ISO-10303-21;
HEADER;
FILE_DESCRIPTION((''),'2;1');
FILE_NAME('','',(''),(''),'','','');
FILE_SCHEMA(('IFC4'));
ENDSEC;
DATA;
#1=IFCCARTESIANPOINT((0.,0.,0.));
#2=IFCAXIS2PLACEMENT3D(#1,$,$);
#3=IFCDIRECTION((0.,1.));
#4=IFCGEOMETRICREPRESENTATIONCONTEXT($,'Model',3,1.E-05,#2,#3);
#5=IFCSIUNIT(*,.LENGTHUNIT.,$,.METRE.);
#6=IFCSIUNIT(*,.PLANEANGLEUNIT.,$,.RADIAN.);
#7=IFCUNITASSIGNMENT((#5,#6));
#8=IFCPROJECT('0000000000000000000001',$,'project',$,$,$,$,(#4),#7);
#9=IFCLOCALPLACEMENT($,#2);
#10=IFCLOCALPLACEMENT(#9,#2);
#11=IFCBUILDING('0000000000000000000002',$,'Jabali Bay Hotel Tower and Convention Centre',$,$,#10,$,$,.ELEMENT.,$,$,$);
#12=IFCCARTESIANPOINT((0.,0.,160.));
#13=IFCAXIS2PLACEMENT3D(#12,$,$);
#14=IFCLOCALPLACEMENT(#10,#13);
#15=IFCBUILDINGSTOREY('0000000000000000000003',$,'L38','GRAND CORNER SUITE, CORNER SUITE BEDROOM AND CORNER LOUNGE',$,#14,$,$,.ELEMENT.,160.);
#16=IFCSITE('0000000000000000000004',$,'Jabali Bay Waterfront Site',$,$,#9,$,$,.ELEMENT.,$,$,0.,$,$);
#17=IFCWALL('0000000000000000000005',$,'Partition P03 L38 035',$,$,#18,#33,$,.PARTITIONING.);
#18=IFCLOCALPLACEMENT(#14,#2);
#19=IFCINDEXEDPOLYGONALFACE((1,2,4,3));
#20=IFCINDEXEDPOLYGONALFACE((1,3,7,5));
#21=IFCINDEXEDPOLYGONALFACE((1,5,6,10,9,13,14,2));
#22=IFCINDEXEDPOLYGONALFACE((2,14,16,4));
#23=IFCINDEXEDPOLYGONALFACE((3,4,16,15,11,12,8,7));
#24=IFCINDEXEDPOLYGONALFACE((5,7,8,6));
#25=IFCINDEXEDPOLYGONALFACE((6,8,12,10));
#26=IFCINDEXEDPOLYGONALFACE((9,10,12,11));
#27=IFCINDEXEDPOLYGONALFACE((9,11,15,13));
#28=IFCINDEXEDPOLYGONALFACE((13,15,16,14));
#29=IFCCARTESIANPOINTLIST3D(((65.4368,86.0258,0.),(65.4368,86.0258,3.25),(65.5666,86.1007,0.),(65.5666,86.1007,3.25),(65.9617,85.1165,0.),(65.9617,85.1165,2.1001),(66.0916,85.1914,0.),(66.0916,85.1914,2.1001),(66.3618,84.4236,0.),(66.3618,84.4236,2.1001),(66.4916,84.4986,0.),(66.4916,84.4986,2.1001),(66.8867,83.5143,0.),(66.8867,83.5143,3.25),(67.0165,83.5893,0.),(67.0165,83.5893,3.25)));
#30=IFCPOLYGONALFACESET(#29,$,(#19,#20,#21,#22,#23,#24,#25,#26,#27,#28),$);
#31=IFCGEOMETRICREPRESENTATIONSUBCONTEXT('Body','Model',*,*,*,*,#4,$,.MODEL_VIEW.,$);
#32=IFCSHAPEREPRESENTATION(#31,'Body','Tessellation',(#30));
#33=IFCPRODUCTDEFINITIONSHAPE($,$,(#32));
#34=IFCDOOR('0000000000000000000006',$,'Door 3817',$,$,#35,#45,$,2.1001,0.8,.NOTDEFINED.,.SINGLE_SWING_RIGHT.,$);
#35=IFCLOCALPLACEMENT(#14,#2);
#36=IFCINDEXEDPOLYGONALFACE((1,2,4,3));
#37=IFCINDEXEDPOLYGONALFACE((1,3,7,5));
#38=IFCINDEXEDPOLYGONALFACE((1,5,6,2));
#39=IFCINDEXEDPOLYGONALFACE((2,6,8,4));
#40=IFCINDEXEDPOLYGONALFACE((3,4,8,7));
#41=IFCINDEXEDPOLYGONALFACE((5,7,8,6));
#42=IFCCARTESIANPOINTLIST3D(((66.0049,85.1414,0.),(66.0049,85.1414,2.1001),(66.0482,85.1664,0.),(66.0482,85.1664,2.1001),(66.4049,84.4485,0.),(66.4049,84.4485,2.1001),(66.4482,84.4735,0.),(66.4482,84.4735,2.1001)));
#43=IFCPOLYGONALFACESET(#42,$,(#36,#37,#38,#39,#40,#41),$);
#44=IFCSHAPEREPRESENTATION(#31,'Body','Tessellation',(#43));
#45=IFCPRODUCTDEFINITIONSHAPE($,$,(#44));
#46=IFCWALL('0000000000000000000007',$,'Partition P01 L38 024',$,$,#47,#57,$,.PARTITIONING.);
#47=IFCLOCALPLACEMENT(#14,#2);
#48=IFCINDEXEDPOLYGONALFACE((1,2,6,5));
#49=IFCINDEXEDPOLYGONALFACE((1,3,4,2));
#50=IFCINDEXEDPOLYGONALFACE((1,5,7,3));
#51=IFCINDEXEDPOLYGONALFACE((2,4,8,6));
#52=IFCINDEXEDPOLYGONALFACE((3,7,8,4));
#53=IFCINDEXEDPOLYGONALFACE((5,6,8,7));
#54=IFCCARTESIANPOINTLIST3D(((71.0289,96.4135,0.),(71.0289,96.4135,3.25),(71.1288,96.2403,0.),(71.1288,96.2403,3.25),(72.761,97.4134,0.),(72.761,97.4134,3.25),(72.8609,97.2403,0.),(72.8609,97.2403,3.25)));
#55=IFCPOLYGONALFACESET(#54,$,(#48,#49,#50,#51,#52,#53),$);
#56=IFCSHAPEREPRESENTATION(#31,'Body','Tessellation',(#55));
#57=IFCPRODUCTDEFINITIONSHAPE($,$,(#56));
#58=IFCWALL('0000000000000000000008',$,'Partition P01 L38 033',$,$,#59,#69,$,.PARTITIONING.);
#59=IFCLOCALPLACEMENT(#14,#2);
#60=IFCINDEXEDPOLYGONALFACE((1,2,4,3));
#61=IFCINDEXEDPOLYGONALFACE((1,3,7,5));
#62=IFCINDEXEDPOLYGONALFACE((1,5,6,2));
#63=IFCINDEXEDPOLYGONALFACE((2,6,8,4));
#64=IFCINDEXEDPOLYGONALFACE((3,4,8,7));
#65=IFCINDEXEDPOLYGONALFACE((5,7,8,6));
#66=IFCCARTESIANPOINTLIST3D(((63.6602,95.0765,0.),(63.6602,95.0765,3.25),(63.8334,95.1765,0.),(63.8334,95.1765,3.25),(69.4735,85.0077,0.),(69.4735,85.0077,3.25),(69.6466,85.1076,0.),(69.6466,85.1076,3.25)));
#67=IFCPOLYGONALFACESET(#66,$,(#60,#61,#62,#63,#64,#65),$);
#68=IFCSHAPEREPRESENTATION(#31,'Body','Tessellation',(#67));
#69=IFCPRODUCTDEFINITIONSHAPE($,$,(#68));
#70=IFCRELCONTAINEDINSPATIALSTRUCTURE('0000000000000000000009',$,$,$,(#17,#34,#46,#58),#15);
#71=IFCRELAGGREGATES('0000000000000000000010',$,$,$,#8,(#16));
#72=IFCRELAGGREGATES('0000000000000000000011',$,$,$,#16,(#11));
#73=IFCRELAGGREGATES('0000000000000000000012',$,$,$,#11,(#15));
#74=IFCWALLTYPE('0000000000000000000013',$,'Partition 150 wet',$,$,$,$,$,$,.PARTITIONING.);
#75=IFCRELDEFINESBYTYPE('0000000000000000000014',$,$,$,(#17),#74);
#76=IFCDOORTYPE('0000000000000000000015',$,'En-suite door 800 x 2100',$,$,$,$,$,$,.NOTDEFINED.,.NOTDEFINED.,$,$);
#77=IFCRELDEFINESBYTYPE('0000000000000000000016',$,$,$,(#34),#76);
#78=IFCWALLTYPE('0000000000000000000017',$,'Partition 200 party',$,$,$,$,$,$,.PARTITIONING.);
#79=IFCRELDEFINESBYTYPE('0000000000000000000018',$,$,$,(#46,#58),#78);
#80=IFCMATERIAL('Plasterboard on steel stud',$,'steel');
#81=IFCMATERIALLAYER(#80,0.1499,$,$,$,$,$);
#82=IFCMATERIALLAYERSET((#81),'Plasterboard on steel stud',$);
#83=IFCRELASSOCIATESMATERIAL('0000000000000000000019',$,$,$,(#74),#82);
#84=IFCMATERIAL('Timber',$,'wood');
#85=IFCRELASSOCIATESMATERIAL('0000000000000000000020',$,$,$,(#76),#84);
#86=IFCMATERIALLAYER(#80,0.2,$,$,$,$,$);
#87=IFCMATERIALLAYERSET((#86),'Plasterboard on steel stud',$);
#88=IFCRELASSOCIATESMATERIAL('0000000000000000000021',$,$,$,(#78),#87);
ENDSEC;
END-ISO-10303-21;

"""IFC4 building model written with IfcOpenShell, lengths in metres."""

from ifc_helpers import new_model, si_unit, direction, frame, frame_2d, origin, place, context, subcontext, project, spatial, rectangle, extrude, material, layer, layer_set, type_object, element, fill, save


model = new_model("IFC4")

# Units and contexts
model_context = context("Model", 3, precision=1e-05, world=origin(), true_north=direction((0.0, 1.0)))
body_context = subcontext(model_context, "Body", "Model", "MODEL_VIEW")
ifc_project = project(units=[si_unit("LENGTHUNIT", "METRE"), si_unit("PLANEANGLEUNIT", "RADIAN")], contexts=[model_context])

# Site, building, storey
site_placement = place(None, origin())
site = spatial("IfcSite", under=ifc_project, at=site_placement, Name="Jabali Bay Waterfront Site", CompositionType="ELEMENT", RefElevation=0.0)
building_placement = place(site_placement, origin())
building = spatial("IfcBuilding", under=site, at=building_placement, Name="Jabali Bay Hotel Tower and Convention Centre", CompositionType="ELEMENT")
storey_placement = place(building_placement, frame((0.0, 0.0, 160.0)))
storey = spatial("IfcBuildingStorey", under=building, at=storey_placement, Name="L38", Description="GRAND CORNER SUITE, CORNER SUITE BEDROOM AND CORNER LOUNGE", CompositionType="ELEMENT", Elevation=160.0)

# Shared definitions
ifc_material_1 = material(Name="Plasterboard on steel stud", Category="steel")
ifc_layer_1 = layer(ifc_material_1, 0.1499)
ifc_layer_set_1 = layer_set([ifc_layer_1], Name="Plasterboard on steel stud")
wall_type_1 = type_object("IfcWallType", Name="Partition 150 wet", PredefinedType="PARTITIONING", material=ifc_layer_set_1)
ifc_material_2 = material(Name="Timber", Category="wood")

# Wall, opening, door
wall_1_placement = place(storey_placement, frame((65.5017, 86.0632, 0.0), z_axis=(0.0, 0.0, 1.0), x_axis=(0.499987, -0.866033, 0.0)))
wall_1 = element("IfcWall", 1, at=wall_1_placement, inside=storey, type_object=wall_type_1, Name="Partition P03 L38 035", PredefinedType="PARTITIONING", context=body_context, shape_type="SweptSolid", body=[
    extrude(rectangle(XDim=2.8999, YDim=0.1499, at=frame_2d((1.45, 0.0))), origin(), (0.0, 0.0, 1.0), 3.25),
])
opening_1_placement = place(wall_1_placement, frame((1.05, 0.0, 0.0)))
opening_1 = element("IfcOpeningElement", 2, at=opening_1_placement, cuts=wall_1, PredefinedType="OPENING", context=body_context, shape_type="SweptSolid", body=[
    extrude(rectangle(XDim=0.8, YDim=2.1001, at=frame_2d((0.3999, 1.05))), frame((0.0, 0.0854, 0.0), z_axis=(0.0, -1.0, 0.0), x_axis=(1.0, 0.0, 0.0)), (0.0, 0.0, 1.0), 0.1709),
])
door_type_1 = type_object("IfcDoorType", Name="En-suite door 800 x 2100", OperationType="NOTDEFINED", PredefinedType="NOTDEFINED", material=ifc_material_2)
door_1_placement = place(opening_1_placement, origin())
door_1 = element("IfcDoor", 3, at=door_1_placement, inside=storey, type_object=door_type_1, Name="Door 3817", OperationType="SINGLE_SWING_RIGHT", OverallHeight=2.1001, OverallWidth=0.8, PredefinedType="NOTDEFINED", context=body_context, shape_type="SweptSolid", body=[
    extrude(rectangle(XDim=0.8, YDim=2.1001, at=frame_2d((0.3999, 1.05))), frame((0.0, 0.0249, 0.0), z_axis=(0.0, -1.0, 0.0), x_axis=(1.0, 0.0, 0.0)), (0.0, 0.0, 1.0), 0.05),
])
fill(opening_1, door_1)

# Walls
ifc_layer_2 = layer(ifc_material_1, 0.2)
ifc_layer_set_2 = layer_set([ifc_layer_2], Name="Plasterboard on steel stud")
wall_type_2 = type_object("IfcWallType", Name="Partition 200 party", PredefinedType="PARTITIONING", material=ifc_layer_set_2)
wall_2_placement = place(storey_placement, frame((71.0789, 96.3269, 0.0), z_axis=(0.0, 0.0, 1.0), x_axis=(0.866041, 0.499973, 0.0)))
element("IfcWall", 4, at=wall_2_placement, inside=storey, type_object=wall_type_2, Name="Partition P01 L38 024", PredefinedType="PARTITIONING", context=body_context, shape_type="SweptSolid", body=[
    extrude(rectangle(XDim=2.0, YDim=0.2, at=frame_2d((1.0, 0.0))), origin(), (0.0, 0.0, 1.0), 3.25),
])
wall_3_placement = place(storey_placement, frame((63.7468, 95.1265, 0.0), z_axis=(0.0, 0.0, 1.0), x_axis=(0.499999, -0.866026, 0.0)))
element("IfcWall", 5, at=wall_3_placement, inside=storey, type_object=wall_type_2, Name="Partition P01 L38 033", PredefinedType="PARTITIONING", context=body_context, shape_type="SweptSolid", body=[
    extrude(rectangle(XDim=11.6265, YDim=0.2, at=frame_2d((5.8132, 0.0))), origin(), (0.0, 0.0, 1.0), 3.25),
])

save(model, "model.ifc")
